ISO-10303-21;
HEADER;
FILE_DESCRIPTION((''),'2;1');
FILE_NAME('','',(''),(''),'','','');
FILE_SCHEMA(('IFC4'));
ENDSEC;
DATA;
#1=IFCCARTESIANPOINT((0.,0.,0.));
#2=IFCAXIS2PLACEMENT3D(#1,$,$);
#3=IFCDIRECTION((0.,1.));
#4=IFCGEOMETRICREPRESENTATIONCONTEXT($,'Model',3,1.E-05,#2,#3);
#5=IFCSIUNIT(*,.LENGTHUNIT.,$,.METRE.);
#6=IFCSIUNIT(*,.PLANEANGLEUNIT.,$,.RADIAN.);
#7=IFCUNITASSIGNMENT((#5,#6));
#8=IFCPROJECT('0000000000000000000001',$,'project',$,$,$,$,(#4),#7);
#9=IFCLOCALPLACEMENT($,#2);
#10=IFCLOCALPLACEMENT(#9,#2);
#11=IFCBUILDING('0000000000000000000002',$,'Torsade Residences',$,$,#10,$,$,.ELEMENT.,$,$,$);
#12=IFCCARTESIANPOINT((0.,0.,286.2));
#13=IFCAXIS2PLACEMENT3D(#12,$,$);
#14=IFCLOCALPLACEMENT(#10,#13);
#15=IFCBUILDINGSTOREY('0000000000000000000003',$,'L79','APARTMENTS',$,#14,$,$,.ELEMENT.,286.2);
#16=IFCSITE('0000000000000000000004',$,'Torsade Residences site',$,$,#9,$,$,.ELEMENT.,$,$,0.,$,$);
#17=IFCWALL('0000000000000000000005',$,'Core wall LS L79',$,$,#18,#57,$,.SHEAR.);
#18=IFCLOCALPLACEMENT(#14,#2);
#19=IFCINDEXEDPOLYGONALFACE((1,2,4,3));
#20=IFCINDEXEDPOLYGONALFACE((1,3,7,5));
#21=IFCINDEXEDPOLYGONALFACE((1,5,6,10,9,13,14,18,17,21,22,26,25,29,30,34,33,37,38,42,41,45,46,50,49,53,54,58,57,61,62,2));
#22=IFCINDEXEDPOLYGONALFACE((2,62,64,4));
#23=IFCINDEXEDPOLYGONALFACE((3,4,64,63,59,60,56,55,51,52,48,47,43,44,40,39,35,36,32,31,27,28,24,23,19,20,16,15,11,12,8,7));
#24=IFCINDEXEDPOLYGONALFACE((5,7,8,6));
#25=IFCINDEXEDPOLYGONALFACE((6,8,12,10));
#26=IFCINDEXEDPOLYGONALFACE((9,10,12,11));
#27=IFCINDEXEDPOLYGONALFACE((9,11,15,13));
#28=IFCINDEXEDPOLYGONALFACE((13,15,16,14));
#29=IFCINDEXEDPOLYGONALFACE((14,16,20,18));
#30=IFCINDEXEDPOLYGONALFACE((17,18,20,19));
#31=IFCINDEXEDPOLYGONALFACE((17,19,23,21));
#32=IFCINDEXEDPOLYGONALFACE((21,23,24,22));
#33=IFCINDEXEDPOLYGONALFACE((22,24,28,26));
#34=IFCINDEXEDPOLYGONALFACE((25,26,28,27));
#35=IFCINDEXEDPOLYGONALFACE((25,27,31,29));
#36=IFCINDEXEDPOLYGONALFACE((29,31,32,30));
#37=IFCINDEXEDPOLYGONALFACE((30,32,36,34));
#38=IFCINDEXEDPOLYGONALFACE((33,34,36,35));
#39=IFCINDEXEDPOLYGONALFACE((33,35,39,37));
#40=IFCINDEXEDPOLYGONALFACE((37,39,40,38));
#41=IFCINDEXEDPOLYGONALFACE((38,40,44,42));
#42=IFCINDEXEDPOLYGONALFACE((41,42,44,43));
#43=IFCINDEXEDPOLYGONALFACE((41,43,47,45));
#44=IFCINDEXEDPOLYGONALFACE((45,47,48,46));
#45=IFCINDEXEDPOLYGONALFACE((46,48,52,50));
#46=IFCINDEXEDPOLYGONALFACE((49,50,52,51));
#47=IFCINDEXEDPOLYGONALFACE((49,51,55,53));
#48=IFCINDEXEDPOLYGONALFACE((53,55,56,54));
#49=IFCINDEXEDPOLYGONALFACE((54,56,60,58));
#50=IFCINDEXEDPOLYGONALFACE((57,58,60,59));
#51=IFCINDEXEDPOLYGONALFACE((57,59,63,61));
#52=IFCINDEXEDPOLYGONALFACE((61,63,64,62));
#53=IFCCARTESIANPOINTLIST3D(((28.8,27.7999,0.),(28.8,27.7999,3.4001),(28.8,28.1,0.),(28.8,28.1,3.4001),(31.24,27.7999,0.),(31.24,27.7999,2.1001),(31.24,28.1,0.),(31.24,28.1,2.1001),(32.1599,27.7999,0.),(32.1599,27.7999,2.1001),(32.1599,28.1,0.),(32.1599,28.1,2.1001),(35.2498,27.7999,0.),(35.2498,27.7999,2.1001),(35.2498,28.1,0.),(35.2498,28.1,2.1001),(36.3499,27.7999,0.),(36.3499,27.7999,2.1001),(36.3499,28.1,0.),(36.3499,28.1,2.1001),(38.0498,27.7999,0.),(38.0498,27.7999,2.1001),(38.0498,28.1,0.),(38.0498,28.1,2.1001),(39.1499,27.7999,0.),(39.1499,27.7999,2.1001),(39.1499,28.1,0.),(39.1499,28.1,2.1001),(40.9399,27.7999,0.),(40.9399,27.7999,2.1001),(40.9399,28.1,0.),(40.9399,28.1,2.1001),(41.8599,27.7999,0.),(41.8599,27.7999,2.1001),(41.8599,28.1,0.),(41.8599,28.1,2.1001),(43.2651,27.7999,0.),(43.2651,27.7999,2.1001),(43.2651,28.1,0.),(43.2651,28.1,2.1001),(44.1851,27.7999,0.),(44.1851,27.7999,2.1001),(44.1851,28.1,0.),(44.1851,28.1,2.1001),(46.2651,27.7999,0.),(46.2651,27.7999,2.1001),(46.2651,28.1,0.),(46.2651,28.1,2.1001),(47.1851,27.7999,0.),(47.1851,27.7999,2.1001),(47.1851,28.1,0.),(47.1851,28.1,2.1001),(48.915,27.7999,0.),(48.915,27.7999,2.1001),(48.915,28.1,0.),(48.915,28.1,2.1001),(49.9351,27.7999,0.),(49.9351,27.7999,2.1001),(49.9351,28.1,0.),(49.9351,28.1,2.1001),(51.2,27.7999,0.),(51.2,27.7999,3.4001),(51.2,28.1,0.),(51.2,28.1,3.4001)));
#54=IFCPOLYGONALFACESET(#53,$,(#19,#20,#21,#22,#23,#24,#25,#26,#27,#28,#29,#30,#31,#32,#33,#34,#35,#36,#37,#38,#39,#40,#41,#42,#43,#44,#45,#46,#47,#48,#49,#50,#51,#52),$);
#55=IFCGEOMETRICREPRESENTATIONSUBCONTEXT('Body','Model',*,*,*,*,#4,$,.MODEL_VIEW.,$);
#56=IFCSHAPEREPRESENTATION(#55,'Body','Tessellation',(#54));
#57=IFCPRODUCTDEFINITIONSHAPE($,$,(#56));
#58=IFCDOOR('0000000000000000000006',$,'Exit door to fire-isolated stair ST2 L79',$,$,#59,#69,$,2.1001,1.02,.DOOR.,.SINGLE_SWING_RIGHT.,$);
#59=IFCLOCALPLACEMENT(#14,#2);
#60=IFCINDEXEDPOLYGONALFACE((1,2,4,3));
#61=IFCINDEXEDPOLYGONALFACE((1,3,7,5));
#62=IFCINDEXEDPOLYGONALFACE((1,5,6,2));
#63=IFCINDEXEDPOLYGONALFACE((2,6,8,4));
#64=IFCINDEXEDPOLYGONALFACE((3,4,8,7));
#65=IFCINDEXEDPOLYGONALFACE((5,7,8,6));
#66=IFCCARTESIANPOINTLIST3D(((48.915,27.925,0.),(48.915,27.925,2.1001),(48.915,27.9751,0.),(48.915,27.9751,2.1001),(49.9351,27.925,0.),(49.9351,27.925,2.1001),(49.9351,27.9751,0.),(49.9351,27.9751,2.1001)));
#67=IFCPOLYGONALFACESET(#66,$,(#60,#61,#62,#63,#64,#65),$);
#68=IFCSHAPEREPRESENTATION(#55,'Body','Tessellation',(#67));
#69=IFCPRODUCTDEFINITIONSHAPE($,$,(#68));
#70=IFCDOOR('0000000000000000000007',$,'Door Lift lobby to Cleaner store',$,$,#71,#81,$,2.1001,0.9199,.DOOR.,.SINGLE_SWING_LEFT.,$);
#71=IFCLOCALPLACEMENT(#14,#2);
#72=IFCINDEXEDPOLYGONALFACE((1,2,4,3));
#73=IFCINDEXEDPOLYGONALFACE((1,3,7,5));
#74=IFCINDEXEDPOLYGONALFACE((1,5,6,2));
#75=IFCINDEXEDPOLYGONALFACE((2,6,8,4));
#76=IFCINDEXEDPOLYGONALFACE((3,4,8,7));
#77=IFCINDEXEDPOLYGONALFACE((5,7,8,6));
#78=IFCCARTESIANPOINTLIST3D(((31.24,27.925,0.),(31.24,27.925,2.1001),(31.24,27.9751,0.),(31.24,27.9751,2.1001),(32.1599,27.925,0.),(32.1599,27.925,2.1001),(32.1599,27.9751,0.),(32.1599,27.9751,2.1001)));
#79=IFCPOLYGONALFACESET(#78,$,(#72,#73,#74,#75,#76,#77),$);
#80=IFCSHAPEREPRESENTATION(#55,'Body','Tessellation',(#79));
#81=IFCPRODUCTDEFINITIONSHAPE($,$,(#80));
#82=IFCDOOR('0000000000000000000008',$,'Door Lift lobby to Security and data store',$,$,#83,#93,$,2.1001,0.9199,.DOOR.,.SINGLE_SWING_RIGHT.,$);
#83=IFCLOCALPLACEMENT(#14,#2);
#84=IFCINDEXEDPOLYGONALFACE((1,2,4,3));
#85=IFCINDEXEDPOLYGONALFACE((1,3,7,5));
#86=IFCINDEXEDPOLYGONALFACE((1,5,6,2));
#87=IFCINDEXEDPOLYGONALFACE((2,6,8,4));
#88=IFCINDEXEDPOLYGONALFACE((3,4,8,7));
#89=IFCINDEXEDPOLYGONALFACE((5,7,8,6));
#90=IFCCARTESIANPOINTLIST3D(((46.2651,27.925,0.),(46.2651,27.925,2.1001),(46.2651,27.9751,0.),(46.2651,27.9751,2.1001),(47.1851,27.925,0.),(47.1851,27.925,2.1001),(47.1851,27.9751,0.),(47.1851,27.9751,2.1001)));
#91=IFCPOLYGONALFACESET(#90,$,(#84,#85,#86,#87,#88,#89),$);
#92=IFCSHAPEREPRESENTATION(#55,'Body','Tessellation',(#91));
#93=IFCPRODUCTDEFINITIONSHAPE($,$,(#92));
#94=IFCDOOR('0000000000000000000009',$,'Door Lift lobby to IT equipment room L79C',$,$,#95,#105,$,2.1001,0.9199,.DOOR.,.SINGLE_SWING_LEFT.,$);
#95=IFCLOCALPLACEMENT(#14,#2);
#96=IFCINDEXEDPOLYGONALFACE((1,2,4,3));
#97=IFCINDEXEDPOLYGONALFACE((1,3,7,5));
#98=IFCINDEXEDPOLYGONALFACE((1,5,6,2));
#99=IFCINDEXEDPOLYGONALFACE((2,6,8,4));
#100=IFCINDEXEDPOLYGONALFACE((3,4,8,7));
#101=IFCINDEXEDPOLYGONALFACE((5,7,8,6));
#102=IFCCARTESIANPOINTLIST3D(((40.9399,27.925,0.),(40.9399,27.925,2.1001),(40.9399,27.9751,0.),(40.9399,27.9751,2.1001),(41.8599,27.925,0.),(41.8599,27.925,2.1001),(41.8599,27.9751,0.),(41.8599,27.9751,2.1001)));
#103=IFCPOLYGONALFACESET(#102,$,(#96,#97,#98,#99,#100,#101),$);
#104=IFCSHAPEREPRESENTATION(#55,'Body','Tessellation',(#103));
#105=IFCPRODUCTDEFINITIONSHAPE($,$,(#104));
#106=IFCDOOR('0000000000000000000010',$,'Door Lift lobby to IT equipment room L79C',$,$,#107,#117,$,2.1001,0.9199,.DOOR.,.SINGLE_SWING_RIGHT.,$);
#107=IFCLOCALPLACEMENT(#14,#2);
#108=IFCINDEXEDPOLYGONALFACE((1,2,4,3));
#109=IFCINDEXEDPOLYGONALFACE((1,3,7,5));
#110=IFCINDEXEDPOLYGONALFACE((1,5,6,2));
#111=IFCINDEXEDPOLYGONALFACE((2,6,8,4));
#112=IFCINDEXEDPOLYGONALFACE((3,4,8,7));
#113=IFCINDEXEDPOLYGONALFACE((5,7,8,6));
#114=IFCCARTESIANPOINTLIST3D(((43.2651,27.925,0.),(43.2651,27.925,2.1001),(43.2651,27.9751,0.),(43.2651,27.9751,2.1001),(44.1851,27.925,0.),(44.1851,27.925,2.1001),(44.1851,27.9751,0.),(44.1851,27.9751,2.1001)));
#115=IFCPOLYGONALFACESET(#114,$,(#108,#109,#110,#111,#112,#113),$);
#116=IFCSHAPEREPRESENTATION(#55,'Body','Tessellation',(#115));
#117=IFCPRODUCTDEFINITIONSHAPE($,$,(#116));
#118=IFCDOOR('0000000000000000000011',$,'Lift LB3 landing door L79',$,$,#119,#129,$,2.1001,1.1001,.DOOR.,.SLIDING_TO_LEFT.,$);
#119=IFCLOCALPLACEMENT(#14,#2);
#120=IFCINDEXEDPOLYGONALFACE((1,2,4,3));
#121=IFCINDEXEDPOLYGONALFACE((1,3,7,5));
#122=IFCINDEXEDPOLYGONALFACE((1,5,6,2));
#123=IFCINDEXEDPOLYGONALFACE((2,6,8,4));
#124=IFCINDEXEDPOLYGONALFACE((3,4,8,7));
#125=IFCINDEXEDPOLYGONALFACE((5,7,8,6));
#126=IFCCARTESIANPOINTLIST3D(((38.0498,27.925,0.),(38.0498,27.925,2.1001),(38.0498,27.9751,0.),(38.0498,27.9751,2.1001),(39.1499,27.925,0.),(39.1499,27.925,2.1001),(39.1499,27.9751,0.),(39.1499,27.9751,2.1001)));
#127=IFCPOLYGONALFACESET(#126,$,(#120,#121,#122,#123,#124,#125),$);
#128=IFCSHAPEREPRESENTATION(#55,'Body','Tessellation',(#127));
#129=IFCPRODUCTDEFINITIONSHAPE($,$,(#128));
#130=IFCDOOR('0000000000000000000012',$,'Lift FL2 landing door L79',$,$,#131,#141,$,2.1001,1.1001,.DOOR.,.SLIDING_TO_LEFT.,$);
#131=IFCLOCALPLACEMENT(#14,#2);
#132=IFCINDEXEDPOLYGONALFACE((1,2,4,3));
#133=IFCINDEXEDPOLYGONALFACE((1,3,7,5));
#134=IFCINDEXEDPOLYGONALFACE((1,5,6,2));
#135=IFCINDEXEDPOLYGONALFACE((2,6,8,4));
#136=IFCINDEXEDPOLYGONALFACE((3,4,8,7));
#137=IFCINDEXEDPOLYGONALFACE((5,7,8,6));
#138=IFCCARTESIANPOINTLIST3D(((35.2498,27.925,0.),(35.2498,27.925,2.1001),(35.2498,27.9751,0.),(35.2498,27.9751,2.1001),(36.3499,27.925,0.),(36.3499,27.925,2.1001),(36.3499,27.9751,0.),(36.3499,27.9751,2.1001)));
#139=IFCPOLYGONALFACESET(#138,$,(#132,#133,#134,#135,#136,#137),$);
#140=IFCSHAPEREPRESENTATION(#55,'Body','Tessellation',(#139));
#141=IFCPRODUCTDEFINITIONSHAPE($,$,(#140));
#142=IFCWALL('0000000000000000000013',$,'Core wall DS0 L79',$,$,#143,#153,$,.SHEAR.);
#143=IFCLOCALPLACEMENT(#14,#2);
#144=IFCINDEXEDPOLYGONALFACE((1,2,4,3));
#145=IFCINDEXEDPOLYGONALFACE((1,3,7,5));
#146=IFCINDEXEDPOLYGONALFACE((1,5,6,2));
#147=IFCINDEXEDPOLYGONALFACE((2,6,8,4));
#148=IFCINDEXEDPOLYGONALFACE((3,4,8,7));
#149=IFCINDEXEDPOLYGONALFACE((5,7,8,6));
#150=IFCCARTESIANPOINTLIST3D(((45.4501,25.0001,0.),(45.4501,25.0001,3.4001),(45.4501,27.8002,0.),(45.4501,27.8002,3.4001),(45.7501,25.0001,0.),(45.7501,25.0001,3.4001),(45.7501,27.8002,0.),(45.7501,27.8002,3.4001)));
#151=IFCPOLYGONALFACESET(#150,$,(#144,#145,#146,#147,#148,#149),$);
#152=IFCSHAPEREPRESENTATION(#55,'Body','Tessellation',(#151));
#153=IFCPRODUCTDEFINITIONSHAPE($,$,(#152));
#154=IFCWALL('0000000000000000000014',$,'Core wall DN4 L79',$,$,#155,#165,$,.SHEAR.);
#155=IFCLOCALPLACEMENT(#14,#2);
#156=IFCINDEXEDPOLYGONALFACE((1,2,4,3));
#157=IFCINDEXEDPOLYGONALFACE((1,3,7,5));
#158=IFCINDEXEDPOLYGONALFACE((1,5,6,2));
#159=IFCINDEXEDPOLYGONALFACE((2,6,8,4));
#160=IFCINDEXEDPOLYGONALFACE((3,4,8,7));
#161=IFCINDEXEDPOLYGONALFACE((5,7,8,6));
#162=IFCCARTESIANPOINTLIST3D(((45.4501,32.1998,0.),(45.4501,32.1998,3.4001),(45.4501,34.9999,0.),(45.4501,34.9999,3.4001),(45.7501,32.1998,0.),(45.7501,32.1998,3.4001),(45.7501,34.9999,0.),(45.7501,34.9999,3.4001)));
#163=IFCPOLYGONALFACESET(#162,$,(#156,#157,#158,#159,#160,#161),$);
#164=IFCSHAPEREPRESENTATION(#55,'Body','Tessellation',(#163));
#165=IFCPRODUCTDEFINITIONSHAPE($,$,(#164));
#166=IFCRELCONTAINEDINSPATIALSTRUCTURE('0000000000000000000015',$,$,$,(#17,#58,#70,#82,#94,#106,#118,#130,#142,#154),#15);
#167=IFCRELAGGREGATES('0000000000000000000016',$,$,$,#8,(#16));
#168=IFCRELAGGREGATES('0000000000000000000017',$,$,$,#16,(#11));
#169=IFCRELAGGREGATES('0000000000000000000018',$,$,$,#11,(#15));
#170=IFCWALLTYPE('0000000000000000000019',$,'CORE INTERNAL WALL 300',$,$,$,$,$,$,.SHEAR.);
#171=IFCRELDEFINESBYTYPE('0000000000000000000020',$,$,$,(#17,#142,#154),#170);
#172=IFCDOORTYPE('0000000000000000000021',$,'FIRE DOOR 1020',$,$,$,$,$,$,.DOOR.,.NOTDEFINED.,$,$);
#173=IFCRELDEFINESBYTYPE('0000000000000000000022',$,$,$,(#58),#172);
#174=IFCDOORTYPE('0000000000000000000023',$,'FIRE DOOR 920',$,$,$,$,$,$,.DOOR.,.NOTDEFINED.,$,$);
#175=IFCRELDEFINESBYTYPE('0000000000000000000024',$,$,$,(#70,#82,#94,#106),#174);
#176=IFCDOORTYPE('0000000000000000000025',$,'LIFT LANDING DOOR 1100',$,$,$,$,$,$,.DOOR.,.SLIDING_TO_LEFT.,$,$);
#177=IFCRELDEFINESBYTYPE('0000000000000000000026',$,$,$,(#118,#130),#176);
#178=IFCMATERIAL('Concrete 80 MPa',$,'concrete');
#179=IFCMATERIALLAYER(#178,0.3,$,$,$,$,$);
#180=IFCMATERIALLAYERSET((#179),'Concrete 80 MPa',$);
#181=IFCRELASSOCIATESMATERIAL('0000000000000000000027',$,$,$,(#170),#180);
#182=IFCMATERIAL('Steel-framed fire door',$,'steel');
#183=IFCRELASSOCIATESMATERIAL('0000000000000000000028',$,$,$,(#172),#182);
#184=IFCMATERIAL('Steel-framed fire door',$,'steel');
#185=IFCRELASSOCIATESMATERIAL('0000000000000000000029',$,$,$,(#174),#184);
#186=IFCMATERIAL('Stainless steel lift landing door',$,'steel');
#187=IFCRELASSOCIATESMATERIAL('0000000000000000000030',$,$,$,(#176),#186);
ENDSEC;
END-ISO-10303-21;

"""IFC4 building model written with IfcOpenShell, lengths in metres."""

from ifc_helpers import new_model, si_unit, direction, frame, frame_2d, origin, place, context, subcontext, project, spatial, rectangle, extrude, material, layer, layer_set, type_object, element, fill, save


model = new_model("IFC4")

# Units and contexts
model_context = context("Model", 3, precision=1e-05, world=origin(), true_north=direction((0.0, 1.0)))
body_context = subcontext(model_context, "Body", "Model", "MODEL_VIEW")
ifc_project = project(units=[si_unit("LENGTHUNIT", "METRE"), si_unit("PLANEANGLEUNIT", "RADIAN")], contexts=[model_context])

# Site, building, storey
site_placement = place(None, origin())
site = spatial("IfcSite", under=ifc_project, at=site_placement, Name="Torsade Residences site", CompositionType="ELEMENT", RefElevation=0.0)
building_placement = place(site_placement, origin())
building = spatial("IfcBuilding", under=site, at=building_placement, Name="Torsade Residences", CompositionType="ELEMENT")
storey_placement = place(building_placement, frame((0.0, 0.0, 286.2)))
storey = spatial("IfcBuildingStorey", under=building, at=storey_placement, Name="L79", Description="APARTMENTS", CompositionType="ELEMENT", Elevation=286.2)

# Wall, openings, doors
ifc_material_1 = material(Name="Concrete 80 MPa", Category="concrete")
ifc_layer_1 = layer(ifc_material_1, 0.3)
ifc_layer_set_1 = layer_set([ifc_layer_1], Name="Concrete 80 MPa")
wall_type_1 = type_object("IfcWallType", Name="CORE INTERNAL WALL 300", PredefinedType="SHEAR", material=ifc_layer_set_1)
wall_1_placement = place(storey_placement, frame((51.2, 27.95, 0.0), z_axis=(0.0, 0.0, 1.0), x_axis=(-1.0, 0.0, 0.0)))
wall_1 = element("IfcWall", 1, at=wall_1_placement, inside=storey, type_object=wall_type_1, Name="Core wall LS L79", PredefinedType="SHEAR", context=body_context, shape_type="SweptSolid", body=[
    extrude(rectangle(XDim=22.3999, YDim=0.3, at=frame_2d((11.2, 0.0))), origin(), (0.0, 0.0, 1.0), 3.4001),
])
opening_1_placement = place(wall_1_placement, frame((19.04, 0.0, 0.0)))
opening_1 = element("IfcOpeningElement", 2, at=opening_1_placement, cuts=wall_1, PredefinedType="OPENING", context=body_context, shape_type="SweptSolid", body=[
    extrude(rectangle(XDim=0.9199, YDim=2.1001, at=frame_2d((0.46, 1.05))), frame((0.0, 0.1599, 0.0), z_axis=(0.0, -1.0, 0.0), x_axis=(1.0, 0.0, 0.0)), (0.0, 0.0, 1.0), 0.3201),
])
opening_2_placement = place(wall_1_placement, frame((1.2649, 0.0, 0.0)))
opening_2 = element("IfcOpeningElement", 3, at=opening_2_placement, cuts=wall_1, PredefinedType="OPENING", context=body_context, shape_type="SweptSolid", body=[
    extrude(rectangle(XDim=1.02, YDim=2.1001, at=frame_2d((0.51, 1.05))), frame((0.0, 0.1599, 0.0), z_axis=(0.0, -1.0, 0.0), x_axis=(1.0, 0.0, 0.0)), (0.0, 0.0, 1.0), 0.3201),
])
opening_3_placement = place(wall_1_placement, frame((4.0149, 0.0, 0.0)))
opening_3 = element("IfcOpeningElement", 4, at=opening_3_placement, cuts=wall_1, PredefinedType="OPENING", context=body_context, shape_type="SweptSolid", body=[
    extrude(rectangle(XDim=0.9199, YDim=2.1001, at=frame_2d((0.46, 1.05))), frame((0.0, 0.1599, 0.0), z_axis=(0.0, -1.0, 0.0), x_axis=(1.0, 0.0, 0.0)), (0.0, 0.0, 1.0), 0.3201),
])
opening_4_placement = place(wall_1_placement, frame((9.3401, 0.0, 0.0)))
opening_4 = element("IfcOpeningElement", 5, at=opening_4_placement, cuts=wall_1, PredefinedType="OPENING", context=body_context, shape_type="SweptSolid", body=[
    extrude(rectangle(XDim=0.9199, YDim=2.1001, at=frame_2d((0.46, 1.05))), frame((0.0, 0.1599, 0.0), z_axis=(0.0, -1.0, 0.0), x_axis=(1.0, 0.0, 0.0)), (0.0, 0.0, 1.0), 0.3201),
])
opening_5_placement = place(wall_1_placement, frame((7.0149, 0.0, 0.0)))
opening_5 = element("IfcOpeningElement", 6, at=opening_5_placement, cuts=wall_1, PredefinedType="OPENING", context=body_context, shape_type="SweptSolid", body=[
    extrude(rectangle(XDim=0.9199, YDim=2.1001, at=frame_2d((0.46, 1.05))), frame((0.0, 0.1599, 0.0), z_axis=(0.0, -1.0, 0.0), x_axis=(1.0, 0.0, 0.0)), (0.0, 0.0, 1.0), 0.3201),
])
opening_6_placement = place(wall_1_placement, frame((12.05, 0.0, 0.0)))
opening_6 = element("IfcOpeningElement", 7, at=opening_6_placement, cuts=wall_1, PredefinedType="OPENING", context=body_context, shape_type="SweptSolid", body=[
    extrude(rectangle(XDim=1.1001, YDim=2.1001, at=frame_2d((0.55, 1.05))), frame((0.0, 0.1599, 0.0), z_axis=(0.0, -1.0, 0.0), x_axis=(1.0, 0.0, 0.0)), (0.0, 0.0, 1.0), 0.3201),
])
opening_7_placement = place(wall_1_placement, frame((14.8501, 0.0, 0.0)))
opening_7 = element("IfcOpeningElement", 8, at=opening_7_placement, cuts=wall_1, PredefinedType="OPENING", context=body_context, shape_type="SweptSolid", body=[
    extrude(rectangle(XDim=1.1001, YDim=2.1001, at=frame_2d((0.55, 1.05))), frame((0.0, 0.1599, 0.0), z_axis=(0.0, -1.0, 0.0), x_axis=(1.0, 0.0, 0.0)), (0.0, 0.0, 1.0), 0.3201),
])
ifc_material_2 = material(Name="Steel-framed fire door", Category="steel")
door_type_1 = type_object("IfcDoorType", Name="FIRE DOOR 1020", OperationType="NOTDEFINED", PredefinedType="DOOR", material=ifc_material_2)
door_1_placement = place(opening_2_placement, origin())
door_1 = element("IfcDoor", 9, at=door_1_placement, inside=storey, type_object=door_type_1, Name="Exit door to fire-isolated stair ST2 L79", OperationType="SINGLE_SWING_RIGHT", OverallHeight=2.1001, OverallWidth=1.02, PredefinedType="DOOR", context=body_context, shape_type="SweptSolid", body=[
    extrude(rectangle(XDim=1.02, YDim=2.1001, at=frame_2d((0.51, 1.05))), frame((0.0, 0.0249, 0.0), z_axis=(0.0, -1.0, 0.0), x_axis=(1.0, 0.0, 0.0)), (0.0, 0.0, 1.0), 0.05),
])
fill(opening_2, door_1)
ifc_material_3 = material(Name="Steel-framed fire door", Category="steel")
door_type_2 = type_object("IfcDoorType", Name="FIRE DOOR 920", OperationType="NOTDEFINED", PredefinedType="DOOR", material=ifc_material_3)
door_2_placement = place(opening_1_placement, origin())
door_2 = element("IfcDoor", 10, at=door_2_placement, inside=storey, type_object=door_type_2, Name="Door Lift lobby to Cleaner store", OperationType="SINGLE_SWING_LEFT", OverallHeight=2.1001, OverallWidth=0.9199, PredefinedType="DOOR", context=body_context, shape_type="SweptSolid", body=[
    extrude(rectangle(XDim=0.9199, YDim=2.1001, at=frame_2d((0.46, 1.05))), frame((0.0, 0.0249, 0.0), z_axis=(0.0, -1.0, 0.0), x_axis=(1.0, 0.0, 0.0)), (0.0, 0.0, 1.0), 0.05),
])
fill(opening_1, door_2)
door_3_placement = place(opening_3_placement, origin())
door_3 = element("IfcDoor", 11, at=door_3_placement, inside=storey, type_object=door_type_2, Name="Door Lift lobby to Security and data store", OperationType="SINGLE_SWING_RIGHT", OverallHeight=2.1001, OverallWidth=0.9199, PredefinedType="DOOR", context=body_context, shape_type="SweptSolid", body=[
    extrude(rectangle(XDim=0.9199, YDim=2.1001, at=frame_2d((0.46, 1.05))), frame((0.0, 0.0249, 0.0), z_axis=(0.0, -1.0, 0.0), x_axis=(1.0, 0.0, 0.0)), (0.0, 0.0, 1.0), 0.05),
])
fill(opening_3, door_3)
door_4_placement = place(opening_4_placement, origin())
door_4 = element("IfcDoor", 12, at=door_4_placement, inside=storey, type_object=door_type_2, Name="Door Lift lobby to IT equipment room L79C", OperationType="SINGLE_SWING_LEFT", OverallHeight=2.1001, OverallWidth=0.9199, PredefinedType="DOOR", context=body_context, shape_type="SweptSolid", body=[
    extrude(rectangle(XDim=0.9199, YDim=2.1001, at=frame_2d((0.46, 1.05))), frame((0.0, 0.0249, 0.0), z_axis=(0.0, -1.0, 0.0), x_axis=(1.0, 0.0, 0.0)), (0.0, 0.0, 1.0), 0.05),
])
fill(opening_4, door_4)
door_5_placement = place(opening_5_placement, origin())
door_5 = element("IfcDoor", 13, at=door_5_placement, inside=storey, type_object=door_type_2, Name="Door Lift lobby to IT equipment room L79C", OperationType="SINGLE_SWING_RIGHT", OverallHeight=2.1001, OverallWidth=0.9199, PredefinedType="DOOR", context=body_context, shape_type="SweptSolid", body=[
    extrude(rectangle(XDim=0.9199, YDim=2.1001, at=frame_2d((0.46, 1.05))), frame((0.0, 0.0249, 0.0), z_axis=(0.0, -1.0, 0.0), x_axis=(1.0, 0.0, 0.0)), (0.0, 0.0, 1.0), 0.05),
])
fill(opening_5, door_5)
ifc_material_4 = material(Name="Stainless steel lift landing door", Category="steel")
door_type_3 = type_object("IfcDoorType", Name="LIFT LANDING DOOR 1100", OperationType="SLIDING_TO_LEFT", PredefinedType="DOOR", material=ifc_material_4)
door_6_placement = place(opening_6_placement, origin())
door_6 = element("IfcDoor", 14, at=door_6_placement, inside=storey, type_object=door_type_3, Name="Lift LB3 landing door L79", OperationType="SLIDING_TO_LEFT", OverallHeight=2.1001, OverallWidth=1.1001, PredefinedType="DOOR", context=body_context, shape_type="SweptSolid", body=[
    extrude(rectangle(XDim=1.1001, YDim=2.1001, at=frame_2d((0.55, 1.05))), frame((0.0, 0.0249, 0.0), z_axis=(0.0, -1.0, 0.0), x_axis=(1.0, 0.0, 0.0)), (0.0, 0.0, 1.0), 0.05),
])
fill(opening_6, door_6)
door_7_placement = place(opening_7_placement, origin())
door_7 = element("IfcDoor", 15, at=door_7_placement, inside=storey, type_object=door_type_3, Name="Lift FL2 landing door L79", OperationType="SLIDING_TO_LEFT", OverallHeight=2.1001, OverallWidth=1.1001, PredefinedType="DOOR", context=body_context, shape_type="SweptSolid", body=[
    extrude(rectangle(XDim=1.1001, YDim=2.1001, at=frame_2d((0.55, 1.05))), frame((0.0, 0.0249, 0.0), z_axis=(0.0, -1.0, 0.0), x_axis=(1.0, 0.0, 0.0)), (0.0, 0.0, 1.0), 0.05),
])
fill(opening_7, door_7)

# Walls
for number, where, z_axis, x_axis, name in (
    (16, (45.6001, 27.8, 0.0), (0.0, 0.0, 1.0), (0.0, -1.0, 0.0), "Core wall DS0 L79"),
    (17, (45.6001, 32.2, 0.0), (0.0, 0.0, 1.0), (0.0, 1.0, 0.0), "Core wall DN4 L79"),
):
    element("IfcWall", number, at=place(storey_placement, frame(where, z_axis=z_axis, x_axis=x_axis)), inside=storey, type_object=wall_type_1, Name=name, PredefinedType="SHEAR", context=body_context, shape_type="SweptSolid", body=[
        extrude(rectangle(XDim=2.8, YDim=0.3, at=frame_2d((1.3999, 0.0))), origin(), (0.0, 0.0, 1.0), 3.4001),
    ])

save(model, "model.ifc")
